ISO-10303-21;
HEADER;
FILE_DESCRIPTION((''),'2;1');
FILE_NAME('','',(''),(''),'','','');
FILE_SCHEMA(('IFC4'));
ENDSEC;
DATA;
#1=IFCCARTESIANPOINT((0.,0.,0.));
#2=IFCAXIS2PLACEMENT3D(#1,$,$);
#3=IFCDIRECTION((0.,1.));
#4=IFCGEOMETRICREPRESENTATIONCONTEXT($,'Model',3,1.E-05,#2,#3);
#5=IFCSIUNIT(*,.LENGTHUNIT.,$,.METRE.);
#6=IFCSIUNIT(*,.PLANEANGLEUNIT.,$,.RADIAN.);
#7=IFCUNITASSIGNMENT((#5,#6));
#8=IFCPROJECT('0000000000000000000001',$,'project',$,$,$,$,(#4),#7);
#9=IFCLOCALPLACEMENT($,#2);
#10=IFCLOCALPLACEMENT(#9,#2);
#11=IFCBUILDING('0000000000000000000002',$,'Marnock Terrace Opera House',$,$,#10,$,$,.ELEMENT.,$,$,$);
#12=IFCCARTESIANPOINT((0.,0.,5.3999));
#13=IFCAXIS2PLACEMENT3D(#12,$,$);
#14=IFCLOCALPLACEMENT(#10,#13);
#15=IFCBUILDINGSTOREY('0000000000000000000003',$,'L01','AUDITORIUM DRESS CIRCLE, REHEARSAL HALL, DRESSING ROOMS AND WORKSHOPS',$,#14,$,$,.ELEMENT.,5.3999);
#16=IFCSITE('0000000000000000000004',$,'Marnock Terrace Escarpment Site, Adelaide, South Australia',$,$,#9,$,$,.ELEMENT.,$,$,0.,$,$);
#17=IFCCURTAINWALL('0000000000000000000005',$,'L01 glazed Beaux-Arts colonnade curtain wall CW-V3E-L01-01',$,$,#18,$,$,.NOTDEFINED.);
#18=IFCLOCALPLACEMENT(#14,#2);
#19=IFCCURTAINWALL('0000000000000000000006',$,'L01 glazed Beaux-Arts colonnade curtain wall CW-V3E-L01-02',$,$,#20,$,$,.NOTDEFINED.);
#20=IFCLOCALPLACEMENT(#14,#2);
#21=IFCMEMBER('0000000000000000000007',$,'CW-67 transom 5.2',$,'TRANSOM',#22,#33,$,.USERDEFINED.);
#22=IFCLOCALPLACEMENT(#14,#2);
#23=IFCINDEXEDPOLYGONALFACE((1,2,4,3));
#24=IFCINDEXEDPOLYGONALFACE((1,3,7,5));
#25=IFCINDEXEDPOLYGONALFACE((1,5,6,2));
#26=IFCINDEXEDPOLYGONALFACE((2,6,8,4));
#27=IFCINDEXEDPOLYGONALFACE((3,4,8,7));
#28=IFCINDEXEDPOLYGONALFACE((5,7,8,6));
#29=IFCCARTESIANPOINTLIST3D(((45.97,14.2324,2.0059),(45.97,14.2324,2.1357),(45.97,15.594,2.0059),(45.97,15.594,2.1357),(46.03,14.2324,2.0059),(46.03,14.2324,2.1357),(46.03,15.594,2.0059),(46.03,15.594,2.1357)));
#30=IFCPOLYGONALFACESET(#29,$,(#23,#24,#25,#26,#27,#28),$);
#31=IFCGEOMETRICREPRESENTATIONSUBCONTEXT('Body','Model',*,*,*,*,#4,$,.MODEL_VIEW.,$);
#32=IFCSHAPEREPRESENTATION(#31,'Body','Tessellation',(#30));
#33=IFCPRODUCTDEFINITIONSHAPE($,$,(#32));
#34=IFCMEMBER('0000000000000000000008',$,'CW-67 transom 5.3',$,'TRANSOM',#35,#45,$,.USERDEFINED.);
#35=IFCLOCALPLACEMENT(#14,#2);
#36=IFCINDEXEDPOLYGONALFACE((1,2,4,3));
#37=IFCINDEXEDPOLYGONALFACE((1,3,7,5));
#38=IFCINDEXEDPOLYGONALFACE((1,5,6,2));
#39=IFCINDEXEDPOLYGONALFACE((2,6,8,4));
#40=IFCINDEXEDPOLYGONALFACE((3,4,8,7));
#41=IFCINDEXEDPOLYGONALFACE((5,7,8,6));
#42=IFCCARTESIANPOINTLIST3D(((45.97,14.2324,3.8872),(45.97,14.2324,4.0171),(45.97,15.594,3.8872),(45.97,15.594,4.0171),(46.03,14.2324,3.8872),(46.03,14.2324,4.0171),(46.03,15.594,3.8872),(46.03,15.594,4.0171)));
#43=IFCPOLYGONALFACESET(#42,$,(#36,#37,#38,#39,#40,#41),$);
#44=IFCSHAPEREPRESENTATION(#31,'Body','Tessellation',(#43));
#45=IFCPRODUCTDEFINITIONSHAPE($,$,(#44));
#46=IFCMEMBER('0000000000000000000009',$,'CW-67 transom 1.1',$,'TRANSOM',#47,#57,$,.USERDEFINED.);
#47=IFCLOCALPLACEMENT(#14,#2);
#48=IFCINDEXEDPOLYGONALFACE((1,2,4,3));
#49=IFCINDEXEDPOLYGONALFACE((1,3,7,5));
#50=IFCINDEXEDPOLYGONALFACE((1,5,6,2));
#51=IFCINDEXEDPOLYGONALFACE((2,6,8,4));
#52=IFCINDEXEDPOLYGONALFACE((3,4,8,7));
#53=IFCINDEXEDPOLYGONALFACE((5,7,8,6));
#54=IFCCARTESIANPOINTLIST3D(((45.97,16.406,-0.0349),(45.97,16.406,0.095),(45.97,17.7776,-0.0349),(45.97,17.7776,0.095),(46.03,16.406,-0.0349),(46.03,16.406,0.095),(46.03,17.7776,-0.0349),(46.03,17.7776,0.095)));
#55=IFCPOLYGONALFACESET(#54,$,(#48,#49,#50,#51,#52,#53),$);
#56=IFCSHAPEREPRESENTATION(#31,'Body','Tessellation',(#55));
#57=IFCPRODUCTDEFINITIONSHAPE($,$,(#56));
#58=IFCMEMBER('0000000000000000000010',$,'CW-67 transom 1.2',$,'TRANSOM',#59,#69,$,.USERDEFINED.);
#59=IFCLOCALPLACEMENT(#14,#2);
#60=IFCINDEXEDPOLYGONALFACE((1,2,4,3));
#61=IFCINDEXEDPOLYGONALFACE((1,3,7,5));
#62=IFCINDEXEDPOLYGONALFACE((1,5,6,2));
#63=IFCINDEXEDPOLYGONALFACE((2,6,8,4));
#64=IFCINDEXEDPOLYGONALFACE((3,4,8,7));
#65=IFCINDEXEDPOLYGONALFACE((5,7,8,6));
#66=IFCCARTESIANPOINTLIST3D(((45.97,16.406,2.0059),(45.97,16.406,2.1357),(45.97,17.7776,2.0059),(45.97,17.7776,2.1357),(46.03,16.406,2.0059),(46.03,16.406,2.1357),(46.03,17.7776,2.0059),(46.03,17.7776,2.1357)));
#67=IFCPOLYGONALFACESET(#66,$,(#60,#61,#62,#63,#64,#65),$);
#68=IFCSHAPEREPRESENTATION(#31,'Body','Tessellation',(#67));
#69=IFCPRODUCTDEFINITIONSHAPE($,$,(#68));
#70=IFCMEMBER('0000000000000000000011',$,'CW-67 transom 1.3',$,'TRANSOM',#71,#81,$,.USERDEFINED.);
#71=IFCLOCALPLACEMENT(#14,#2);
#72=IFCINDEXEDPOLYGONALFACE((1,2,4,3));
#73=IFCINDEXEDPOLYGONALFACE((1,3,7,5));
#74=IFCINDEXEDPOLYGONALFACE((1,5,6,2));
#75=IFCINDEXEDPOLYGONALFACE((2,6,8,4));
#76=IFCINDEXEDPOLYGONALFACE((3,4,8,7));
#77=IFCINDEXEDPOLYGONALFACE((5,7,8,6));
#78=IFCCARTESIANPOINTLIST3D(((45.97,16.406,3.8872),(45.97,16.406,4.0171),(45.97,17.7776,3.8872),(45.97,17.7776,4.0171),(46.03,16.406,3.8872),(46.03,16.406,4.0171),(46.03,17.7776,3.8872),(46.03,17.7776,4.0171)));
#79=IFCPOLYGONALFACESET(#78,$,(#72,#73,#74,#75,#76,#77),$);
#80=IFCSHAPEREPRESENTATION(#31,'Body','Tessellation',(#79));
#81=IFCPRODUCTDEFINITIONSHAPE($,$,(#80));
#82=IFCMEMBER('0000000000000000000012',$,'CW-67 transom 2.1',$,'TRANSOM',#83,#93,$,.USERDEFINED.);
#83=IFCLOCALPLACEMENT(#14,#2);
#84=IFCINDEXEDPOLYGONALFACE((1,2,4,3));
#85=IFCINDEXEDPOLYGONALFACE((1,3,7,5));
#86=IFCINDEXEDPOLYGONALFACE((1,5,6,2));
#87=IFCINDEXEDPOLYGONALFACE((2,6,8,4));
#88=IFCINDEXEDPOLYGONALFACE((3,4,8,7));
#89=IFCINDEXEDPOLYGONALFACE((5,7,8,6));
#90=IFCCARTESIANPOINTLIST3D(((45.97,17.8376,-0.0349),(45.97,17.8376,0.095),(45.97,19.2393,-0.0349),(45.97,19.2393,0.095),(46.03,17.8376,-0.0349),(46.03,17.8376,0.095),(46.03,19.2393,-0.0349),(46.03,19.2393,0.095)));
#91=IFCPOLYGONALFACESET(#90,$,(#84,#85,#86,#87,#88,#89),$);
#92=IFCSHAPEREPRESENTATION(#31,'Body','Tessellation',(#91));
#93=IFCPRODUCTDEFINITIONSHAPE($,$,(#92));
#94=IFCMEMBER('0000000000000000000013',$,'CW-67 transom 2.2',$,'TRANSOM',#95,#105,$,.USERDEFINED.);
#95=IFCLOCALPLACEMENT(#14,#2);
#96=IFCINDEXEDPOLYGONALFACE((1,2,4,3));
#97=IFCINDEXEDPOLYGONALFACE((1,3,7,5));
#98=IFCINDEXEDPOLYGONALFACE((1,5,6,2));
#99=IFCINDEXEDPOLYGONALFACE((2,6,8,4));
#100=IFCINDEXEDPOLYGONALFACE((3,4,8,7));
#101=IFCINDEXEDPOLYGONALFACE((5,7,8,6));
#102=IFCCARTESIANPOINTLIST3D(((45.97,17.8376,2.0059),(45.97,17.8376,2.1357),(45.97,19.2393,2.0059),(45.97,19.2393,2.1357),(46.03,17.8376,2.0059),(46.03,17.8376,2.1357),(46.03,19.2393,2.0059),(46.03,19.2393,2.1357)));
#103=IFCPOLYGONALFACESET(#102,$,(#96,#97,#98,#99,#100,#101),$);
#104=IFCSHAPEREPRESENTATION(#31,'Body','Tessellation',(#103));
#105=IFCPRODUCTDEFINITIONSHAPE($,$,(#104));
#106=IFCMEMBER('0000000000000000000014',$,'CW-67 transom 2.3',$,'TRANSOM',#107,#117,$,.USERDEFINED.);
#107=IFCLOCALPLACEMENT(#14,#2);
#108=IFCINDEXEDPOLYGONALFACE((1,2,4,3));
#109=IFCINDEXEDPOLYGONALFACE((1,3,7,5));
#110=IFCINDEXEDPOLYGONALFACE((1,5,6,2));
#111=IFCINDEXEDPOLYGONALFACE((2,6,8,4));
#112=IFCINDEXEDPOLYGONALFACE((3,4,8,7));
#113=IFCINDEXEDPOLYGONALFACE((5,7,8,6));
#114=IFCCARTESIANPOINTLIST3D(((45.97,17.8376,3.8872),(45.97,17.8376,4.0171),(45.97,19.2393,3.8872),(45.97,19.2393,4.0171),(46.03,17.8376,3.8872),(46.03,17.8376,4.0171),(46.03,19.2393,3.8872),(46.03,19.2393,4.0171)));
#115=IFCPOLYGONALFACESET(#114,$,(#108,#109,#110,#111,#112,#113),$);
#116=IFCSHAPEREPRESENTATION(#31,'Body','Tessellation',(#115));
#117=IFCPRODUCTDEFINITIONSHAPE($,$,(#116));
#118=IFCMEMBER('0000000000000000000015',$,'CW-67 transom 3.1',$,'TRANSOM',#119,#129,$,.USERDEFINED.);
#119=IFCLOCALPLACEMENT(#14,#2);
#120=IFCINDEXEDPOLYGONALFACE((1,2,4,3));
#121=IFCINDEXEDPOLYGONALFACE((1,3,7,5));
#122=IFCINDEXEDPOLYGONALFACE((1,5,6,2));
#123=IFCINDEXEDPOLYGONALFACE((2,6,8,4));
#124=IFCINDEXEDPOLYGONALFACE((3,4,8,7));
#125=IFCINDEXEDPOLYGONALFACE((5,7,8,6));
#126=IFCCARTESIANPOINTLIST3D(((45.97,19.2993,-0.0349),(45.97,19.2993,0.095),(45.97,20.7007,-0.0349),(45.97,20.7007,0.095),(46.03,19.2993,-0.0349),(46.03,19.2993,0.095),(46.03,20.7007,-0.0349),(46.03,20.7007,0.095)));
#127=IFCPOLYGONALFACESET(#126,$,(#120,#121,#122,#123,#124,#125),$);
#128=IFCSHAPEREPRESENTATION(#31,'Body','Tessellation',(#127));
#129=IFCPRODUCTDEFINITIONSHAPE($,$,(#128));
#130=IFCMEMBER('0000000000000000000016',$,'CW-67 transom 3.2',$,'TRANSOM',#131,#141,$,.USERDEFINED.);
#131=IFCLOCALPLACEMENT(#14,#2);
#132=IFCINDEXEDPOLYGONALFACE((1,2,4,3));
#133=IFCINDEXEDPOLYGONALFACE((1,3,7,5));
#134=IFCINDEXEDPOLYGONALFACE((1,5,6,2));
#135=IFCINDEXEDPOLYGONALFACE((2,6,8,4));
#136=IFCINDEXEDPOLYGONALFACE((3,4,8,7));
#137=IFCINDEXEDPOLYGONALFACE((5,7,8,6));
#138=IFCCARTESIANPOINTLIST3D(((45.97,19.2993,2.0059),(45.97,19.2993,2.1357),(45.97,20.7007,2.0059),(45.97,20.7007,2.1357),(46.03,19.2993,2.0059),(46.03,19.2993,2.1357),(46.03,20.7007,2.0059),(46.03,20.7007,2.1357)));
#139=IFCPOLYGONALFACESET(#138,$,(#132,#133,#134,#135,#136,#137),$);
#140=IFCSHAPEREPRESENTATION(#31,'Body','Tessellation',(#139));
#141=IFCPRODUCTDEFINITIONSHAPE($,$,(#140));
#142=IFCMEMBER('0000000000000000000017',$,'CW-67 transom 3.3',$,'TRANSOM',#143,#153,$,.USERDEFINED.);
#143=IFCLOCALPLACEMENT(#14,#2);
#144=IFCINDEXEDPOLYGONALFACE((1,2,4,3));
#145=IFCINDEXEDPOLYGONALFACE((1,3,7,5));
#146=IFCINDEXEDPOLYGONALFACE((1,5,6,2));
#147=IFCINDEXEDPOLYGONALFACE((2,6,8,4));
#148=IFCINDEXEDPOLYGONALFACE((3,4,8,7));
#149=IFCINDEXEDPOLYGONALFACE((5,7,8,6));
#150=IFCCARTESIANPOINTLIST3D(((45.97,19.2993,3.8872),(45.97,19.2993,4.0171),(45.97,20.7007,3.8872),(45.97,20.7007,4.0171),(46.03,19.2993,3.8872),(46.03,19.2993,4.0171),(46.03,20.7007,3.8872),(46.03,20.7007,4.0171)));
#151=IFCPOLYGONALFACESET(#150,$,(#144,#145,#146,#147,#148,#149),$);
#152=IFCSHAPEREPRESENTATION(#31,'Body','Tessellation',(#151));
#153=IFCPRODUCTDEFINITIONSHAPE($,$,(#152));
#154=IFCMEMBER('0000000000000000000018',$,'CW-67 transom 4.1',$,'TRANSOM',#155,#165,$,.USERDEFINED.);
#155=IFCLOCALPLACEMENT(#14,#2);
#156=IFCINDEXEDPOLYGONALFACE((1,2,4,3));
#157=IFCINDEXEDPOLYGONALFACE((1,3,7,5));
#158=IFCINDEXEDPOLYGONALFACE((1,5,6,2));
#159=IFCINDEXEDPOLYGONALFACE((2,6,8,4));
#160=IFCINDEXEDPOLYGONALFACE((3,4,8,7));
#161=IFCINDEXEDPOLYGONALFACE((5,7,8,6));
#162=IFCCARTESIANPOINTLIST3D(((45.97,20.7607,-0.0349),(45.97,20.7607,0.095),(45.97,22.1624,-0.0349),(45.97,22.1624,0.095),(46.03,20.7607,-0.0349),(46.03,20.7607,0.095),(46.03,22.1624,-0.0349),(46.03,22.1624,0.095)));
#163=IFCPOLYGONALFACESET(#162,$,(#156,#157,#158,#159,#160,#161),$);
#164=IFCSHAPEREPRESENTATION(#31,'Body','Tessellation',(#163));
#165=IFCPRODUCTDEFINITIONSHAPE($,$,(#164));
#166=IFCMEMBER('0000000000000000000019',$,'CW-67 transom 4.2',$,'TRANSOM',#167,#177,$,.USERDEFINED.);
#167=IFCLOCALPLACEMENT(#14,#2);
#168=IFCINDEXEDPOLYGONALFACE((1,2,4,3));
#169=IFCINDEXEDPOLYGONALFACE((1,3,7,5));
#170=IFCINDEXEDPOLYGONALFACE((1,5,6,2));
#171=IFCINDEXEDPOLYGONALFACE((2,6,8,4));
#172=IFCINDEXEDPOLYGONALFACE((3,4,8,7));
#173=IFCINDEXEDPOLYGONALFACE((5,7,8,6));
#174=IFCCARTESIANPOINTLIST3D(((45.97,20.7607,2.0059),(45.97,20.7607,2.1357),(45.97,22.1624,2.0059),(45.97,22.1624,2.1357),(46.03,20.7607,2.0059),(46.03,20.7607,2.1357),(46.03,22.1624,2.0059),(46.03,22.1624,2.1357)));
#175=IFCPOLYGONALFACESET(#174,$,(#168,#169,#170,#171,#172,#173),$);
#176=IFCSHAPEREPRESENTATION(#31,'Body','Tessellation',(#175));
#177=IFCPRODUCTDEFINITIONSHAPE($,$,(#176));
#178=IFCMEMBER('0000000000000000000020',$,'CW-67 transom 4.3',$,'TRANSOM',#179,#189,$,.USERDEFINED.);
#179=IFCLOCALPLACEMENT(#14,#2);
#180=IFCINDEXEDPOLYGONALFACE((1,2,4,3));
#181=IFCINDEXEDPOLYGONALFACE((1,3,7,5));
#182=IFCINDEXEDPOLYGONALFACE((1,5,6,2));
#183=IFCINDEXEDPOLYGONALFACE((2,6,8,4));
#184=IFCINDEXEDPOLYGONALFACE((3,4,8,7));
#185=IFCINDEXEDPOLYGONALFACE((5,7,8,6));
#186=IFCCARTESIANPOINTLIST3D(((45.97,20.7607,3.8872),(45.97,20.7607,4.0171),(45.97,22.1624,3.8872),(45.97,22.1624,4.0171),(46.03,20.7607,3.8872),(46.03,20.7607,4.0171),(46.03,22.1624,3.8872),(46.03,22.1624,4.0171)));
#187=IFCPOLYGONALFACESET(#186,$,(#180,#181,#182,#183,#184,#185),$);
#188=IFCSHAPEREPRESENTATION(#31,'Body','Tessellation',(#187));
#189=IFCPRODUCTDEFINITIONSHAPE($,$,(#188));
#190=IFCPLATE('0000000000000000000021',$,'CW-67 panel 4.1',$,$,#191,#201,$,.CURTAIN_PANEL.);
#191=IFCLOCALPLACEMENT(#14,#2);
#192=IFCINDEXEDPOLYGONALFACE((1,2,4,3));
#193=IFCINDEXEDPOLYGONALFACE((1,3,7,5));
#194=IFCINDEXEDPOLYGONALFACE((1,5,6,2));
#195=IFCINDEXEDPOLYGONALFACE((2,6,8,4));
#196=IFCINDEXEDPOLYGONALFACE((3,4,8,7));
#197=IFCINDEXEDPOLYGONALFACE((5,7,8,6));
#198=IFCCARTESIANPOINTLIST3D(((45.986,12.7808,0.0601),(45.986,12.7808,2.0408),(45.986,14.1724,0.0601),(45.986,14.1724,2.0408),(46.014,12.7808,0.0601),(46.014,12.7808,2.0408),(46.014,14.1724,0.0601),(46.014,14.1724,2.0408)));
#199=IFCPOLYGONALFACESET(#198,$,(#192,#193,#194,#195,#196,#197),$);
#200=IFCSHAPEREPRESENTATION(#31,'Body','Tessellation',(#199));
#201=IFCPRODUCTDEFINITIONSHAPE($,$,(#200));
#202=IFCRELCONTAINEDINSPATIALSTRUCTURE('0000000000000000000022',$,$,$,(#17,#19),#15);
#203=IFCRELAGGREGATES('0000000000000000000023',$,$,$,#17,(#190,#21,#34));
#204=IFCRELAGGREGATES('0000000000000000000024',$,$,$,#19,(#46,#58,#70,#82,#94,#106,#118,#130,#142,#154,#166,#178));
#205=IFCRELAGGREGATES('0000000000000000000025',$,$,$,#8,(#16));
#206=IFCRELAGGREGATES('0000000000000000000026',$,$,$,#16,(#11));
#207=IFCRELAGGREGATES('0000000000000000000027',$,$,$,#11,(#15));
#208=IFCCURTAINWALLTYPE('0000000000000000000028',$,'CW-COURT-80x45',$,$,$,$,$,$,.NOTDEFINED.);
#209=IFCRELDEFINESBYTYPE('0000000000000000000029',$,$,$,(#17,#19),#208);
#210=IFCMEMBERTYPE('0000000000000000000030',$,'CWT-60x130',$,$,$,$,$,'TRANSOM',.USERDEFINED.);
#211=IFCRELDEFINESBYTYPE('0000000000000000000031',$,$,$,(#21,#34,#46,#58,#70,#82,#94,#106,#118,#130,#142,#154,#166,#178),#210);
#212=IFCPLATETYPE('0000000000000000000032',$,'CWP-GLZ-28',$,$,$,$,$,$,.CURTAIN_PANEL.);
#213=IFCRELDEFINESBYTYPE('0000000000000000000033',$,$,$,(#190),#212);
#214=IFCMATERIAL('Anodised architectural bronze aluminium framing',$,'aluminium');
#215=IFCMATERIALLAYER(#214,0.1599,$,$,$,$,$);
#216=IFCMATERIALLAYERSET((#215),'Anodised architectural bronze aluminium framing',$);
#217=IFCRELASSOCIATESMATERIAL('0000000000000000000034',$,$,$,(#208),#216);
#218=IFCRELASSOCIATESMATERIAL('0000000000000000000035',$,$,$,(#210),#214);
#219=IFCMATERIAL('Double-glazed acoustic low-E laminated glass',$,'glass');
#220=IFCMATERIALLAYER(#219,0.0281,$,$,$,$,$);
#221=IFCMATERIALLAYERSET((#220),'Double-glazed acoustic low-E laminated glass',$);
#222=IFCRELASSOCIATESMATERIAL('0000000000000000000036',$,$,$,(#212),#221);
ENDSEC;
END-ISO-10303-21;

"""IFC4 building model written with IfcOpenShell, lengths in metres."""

from ifc_helpers import new_model, si_unit, direction, frame, origin, origin_2d, place, context, subcontext, project, spatial, rectangle, extrude, material, layer, layer_set, material_profile, profile_set, type_object, element, aggregate, save


model = new_model("IFC4")

# Units and contexts
model_context = context("Model", 3, precision=1e-05, world=origin(), true_north=direction((0.0, 1.0)))
body_context = subcontext(model_context, "Body", "Model", "MODEL_VIEW")
ifc_project = project(units=[si_unit("LENGTHUNIT", "METRE"), si_unit("PLANEANGLEUNIT", "RADIAN")], contexts=[model_context])

# Site, building, storey
site_placement = place(None, origin())
site = spatial("IfcSite", under=ifc_project, at=site_placement, Name="Marnock Terrace Escarpment Site, Adelaide, South Australia", CompositionType="ELEMENT", RefElevation=0.0)
building_placement = place(site_placement, origin())
building = spatial("IfcBuilding", under=site, at=building_placement, Name="Marnock Terrace Opera House", CompositionType="ELEMENT")
storey_placement = place(building_placement, frame((0.0, 0.0, 5.3999)))
storey = spatial("IfcBuildingStorey", under=building, at=storey_placement, Name="L01", Description="AUDITORIUM DRESS CIRCLE, REHEARSAL HALL, DRESSING ROOMS AND WORKSHOPS", CompositionType="ELEMENT", Elevation=5.3999)

# Curtain walls
ifc_material_1 = material(Name="Anodised architectural bronze aluminium framing", Category="aluminium")
ifc_layer_1 = layer(ifc_material_1, 0.1599)
ifc_layer_set_1 = layer_set([ifc_layer_1], Name="Anodised architectural bronze aluminium framing")
curtain_wall_type = type_object("IfcCurtainWallType", Name="CW-COURT-80x45", PredefinedType="NOTDEFINED", material=ifc_layer_set_1)
curtain_wall_1_placement = place(storey_placement, origin())
curtain_wall_1 = element("IfcCurtainWall", 1, at=curtain_wall_1_placement, inside=storey, type_object=curtain_wall_type, Name="L01 glazed Beaux-Arts colonnade curtain wall CW-V3E-L01-01", PredefinedType="NOTDEFINED")
curtain_wall_2_placement = place(storey_placement, origin())
curtain_wall_2 = element("IfcCurtainWall", 2, at=curtain_wall_2_placement, inside=storey, type_object=curtain_wall_type, Name="L01 glazed Beaux-Arts colonnade curtain wall CW-V3E-L01-02", PredefinedType="NOTDEFINED")

# Members
ifc_material_profile_1 = material_profile(ifc_material_1, rectangle(XDim=0.0601, YDim=0.1299, at=origin_2d()))
ifc_profile_set_1 = profile_set([ifc_material_profile_1], Name="Anodised architectural bronze aluminium framing")
member_type_1 = type_object("IfcMemberType", Name="CWT-60x130", ElementType="TRANSOM", PredefinedType="USERDEFINED", material=ifc_profile_set_1)
member_1_placement = place(storey_placement, frame((46.0, 14.2324, 2.0708), z_axis=(0.0, 1.0, 0.0), x_axis=(-1.0, 0.0, 0.0)))
member_1 = element("IfcMember", 3, at=member_1_placement, type_object=member_type_1, Name="CW-67 transom 5.2", ObjectType="TRANSOM", PredefinedType="USERDEFINED", context=body_context, shape_type="SweptSolid", body=[
    extrude(rectangle(XDim=0.0601, YDim=0.1299, at=origin_2d()), origin(), (0.0, 0.0, 1.0), 1.3616),
])
member_2_placement = place(storey_placement, frame((46.0, 14.2324, 3.9521), z_axis=(0.0, 1.0, 0.0), x_axis=(-1.0, 0.0, 0.0)))
member_2 = element("IfcMember", 4, at=member_2_placement, type_object=member_type_1, Name="CW-67 transom 5.3", ObjectType="TRANSOM", PredefinedType="USERDEFINED", context=body_context, shape_type="SweptSolid", body=[
    extrude(rectangle(XDim=0.0601, YDim=0.1299, at=origin_2d()), origin(), (0.0, 0.0, 1.0), 1.3616),
])
member_3_placement = place(storey_placement, frame((46.0, 16.406, 0.03), z_axis=(0.0, 1.0, 0.0), x_axis=(-1.0, 0.0, 0.0)))
member_3 = element("IfcMember", 5, at=member_3_placement, type_object=member_type_1, Name="CW-67 transom 1.1", ObjectType="TRANSOM", PredefinedType="USERDEFINED", context=body_context, shape_type="SweptSolid", body=[
    extrude(rectangle(XDim=0.0601, YDim=0.1299, at=origin_2d()), origin(), (0.0, 0.0, 1.0), 1.3716),
])
member_4_placement = place(storey_placement, frame((46.0, 16.406, 2.0708), z_axis=(0.0, 1.0, 0.0), x_axis=(-1.0, 0.0, 0.0)))
member_4 = element("IfcMember", 6, at=member_4_placement, type_object=member_type_1, Name="CW-67 transom 1.2", ObjectType="TRANSOM", PredefinedType="USERDEFINED", context=body_context, shape_type="SweptSolid", body=[
    extrude(rectangle(XDim=0.0601, YDim=0.1299, at=origin_2d()), origin(), (0.0, 0.0, 1.0), 1.3716),
])
member_5_placement = place(storey_placement, frame((46.0, 16.406, 3.9521), z_axis=(0.0, 1.0, 0.0), x_axis=(-1.0, 0.0, 0.0)))
member_5 = element("IfcMember", 7, at=member_5_placement, type_object=member_type_1, Name="CW-67 transom 1.3", ObjectType="TRANSOM", PredefinedType="USERDEFINED", context=body_context, shape_type="SweptSolid", body=[
    extrude(rectangle(XDim=0.0601, YDim=0.1299, at=origin_2d()), origin(), (0.0, 0.0, 1.0), 1.3716),
])
member_6_placement = place(storey_placement, frame((46.0, 17.8376, 0.03), z_axis=(0.0, 1.0, 0.0), x_axis=(-1.0, 0.0, 0.0)))
member_6 = element("IfcMember", 8, at=member_6_placement, type_object=member_type_1, Name="CW-67 transom 2.1", ObjectType="TRANSOM", PredefinedType="USERDEFINED", context=body_context, shape_type="SweptSolid", body=[
    extrude(rectangle(XDim=0.0601, YDim=0.1299, at=origin_2d()), origin(), (0.0, 0.0, 1.0), 1.4016),
])
member_7_placement = place(storey_placement, frame((46.0, 17.8376, 2.0708), z_axis=(0.0, 1.0, 0.0), x_axis=(-1.0, 0.0, 0.0)))
member_7 = element("IfcMember", 9, at=member_7_placement, type_object=member_type_1, Name="CW-67 transom 2.2", ObjectType="TRANSOM", PredefinedType="USERDEFINED", context=body_context, shape_type="SweptSolid", body=[
    extrude(rectangle(XDim=0.0601, YDim=0.1299, at=origin_2d()), origin(), (0.0, 0.0, 1.0), 1.4016),
])
member_8_placement = place(storey_placement, frame((46.0, 17.8376, 3.9521), z_axis=(0.0, 1.0, 0.0), x_axis=(-1.0, 0.0, 0.0)))
member_8 = element("IfcMember", 10, at=member_8_placement, type_object=member_type_1, Name="CW-67 transom 2.3", ObjectType="TRANSOM", PredefinedType="USERDEFINED", context=body_context, shape_type="SweptSolid", body=[
    extrude(rectangle(XDim=0.0601, YDim=0.1299, at=origin_2d()), origin(), (0.0, 0.0, 1.0), 1.4016),
])
member_9_placement = place(storey_placement, frame((46.0, 19.2993, 0.03), z_axis=(0.0, 1.0, 0.0), x_axis=(-1.0, 0.0, 0.0)))
member_9 = element("IfcMember", 11, at=member_9_placement, type_object=member_type_1, Name="CW-67 transom 3.1", ObjectType="TRANSOM", PredefinedType="USERDEFINED", context=body_context, shape_type="SweptSolid", body=[
    extrude(rectangle(XDim=0.0601, YDim=0.1299, at=origin_2d()), origin(), (0.0, 0.0, 1.0), 1.4014),
])
member_10_placement = place(storey_placement, frame((46.0, 19.2993, 2.0708), z_axis=(0.0, 1.0, 0.0), x_axis=(-1.0, 0.0, 0.0)))
member_10 = element("IfcMember", 12, at=member_10_placement, type_object=member_type_1, Name="CW-67 transom 3.2", ObjectType="TRANSOM", PredefinedType="USERDEFINED", context=body_context, shape_type="SweptSolid", body=[
    extrude(rectangle(XDim=0.0601, YDim=0.1299, at=origin_2d()), origin(), (0.0, 0.0, 1.0), 1.4014),
])
member_11_placement = place(storey_placement, frame((46.0, 19.2993, 3.9521), z_axis=(0.0, 1.0, 0.0), x_axis=(-1.0, 0.0, 0.0)))
member_11 = element("IfcMember", 13, at=member_11_placement, type_object=member_type_1, Name="CW-67 transom 3.3", ObjectType="TRANSOM", PredefinedType="USERDEFINED", context=body_context, shape_type="SweptSolid", body=[
    extrude(rectangle(XDim=0.0601, YDim=0.1299, at=origin_2d()), origin(), (0.0, 0.0, 1.0), 1.4014),
])
member_12_placement = place(storey_placement, frame((46.0, 20.7607, 0.03), z_axis=(0.0, 1.0, 0.0), x_axis=(-1.0, 0.0, 0.0)))
member_12 = element("IfcMember", 14, at=member_12_placement, type_object=member_type_1, Name="CW-67 transom 4.1", ObjectType="TRANSOM", PredefinedType="USERDEFINED", context=body_context, shape_type="SweptSolid", body=[
    extrude(rectangle(XDim=0.0601, YDim=0.1299, at=origin_2d()), origin(), (0.0, 0.0, 1.0), 1.4016),
])
member_13_placement = place(storey_placement, frame((46.0, 20.7607, 2.0708), z_axis=(0.0, 1.0, 0.0), x_axis=(-1.0, 0.0, 0.0)))
member_13 = element("IfcMember", 15, at=member_13_placement, type_object=member_type_1, Name="CW-67 transom 4.2", ObjectType="TRANSOM", PredefinedType="USERDEFINED", context=body_context, shape_type="SweptSolid", body=[
    extrude(rectangle(XDim=0.0601, YDim=0.1299, at=origin_2d()), origin(), (0.0, 0.0, 1.0), 1.4016),
])
member_14_placement = place(storey_placement, frame((46.0, 20.7607, 3.9521), z_axis=(0.0, 1.0, 0.0), x_axis=(-1.0, 0.0, 0.0)))
member_14 = element("IfcMember", 16, at=member_14_placement, type_object=member_type_1, Name="CW-67 transom 4.3", ObjectType="TRANSOM", PredefinedType="USERDEFINED", context=body_context, shape_type="SweptSolid", body=[
    extrude(rectangle(XDim=0.0601, YDim=0.1299, at=origin_2d()), origin(), (0.0, 0.0, 1.0), 1.4016),
])

# Plate
ifc_material_2 = material(Name="Double-glazed acoustic low-E laminated glass", Category="glass")
ifc_layer_2 = layer(ifc_material_2, 0.0281)
ifc_layer_set_2 = layer_set([ifc_layer_2], Name="Double-glazed acoustic low-E laminated glass")
plate_type = type_object("IfcPlateType", Name="CWP-GLZ-28", PredefinedType="CURTAIN_PANEL", material=ifc_layer_set_2)
plate_1_placement = place(storey_placement, frame((46.0, 13.4766, 0.0601), z_axis=(0.0, 0.0, 1.0), x_axis=(0.0, 1.0, 0.0)))
plate_1 = element("IfcPlate", 17, at=plate_1_placement, type_object=plate_type, Name="CW-67 panel 4.1", PredefinedType="CURTAIN_PANEL", context=body_context, shape_type="SweptSolid", body=[
    extrude(rectangle(XDim=1.3916, YDim=0.0281, at=origin_2d()), origin(), (0.0, 0.0, 1.0), 1.9807),
])
aggregate(curtain_wall_1, [plate_1, member_1, member_2])
aggregate(curtain_wall_2, [member_3, member_4, member_5, member_6, member_7, member_8, member_9, member_10, member_11, member_12, member_13, member_14])

save(model, "model.ifc")
